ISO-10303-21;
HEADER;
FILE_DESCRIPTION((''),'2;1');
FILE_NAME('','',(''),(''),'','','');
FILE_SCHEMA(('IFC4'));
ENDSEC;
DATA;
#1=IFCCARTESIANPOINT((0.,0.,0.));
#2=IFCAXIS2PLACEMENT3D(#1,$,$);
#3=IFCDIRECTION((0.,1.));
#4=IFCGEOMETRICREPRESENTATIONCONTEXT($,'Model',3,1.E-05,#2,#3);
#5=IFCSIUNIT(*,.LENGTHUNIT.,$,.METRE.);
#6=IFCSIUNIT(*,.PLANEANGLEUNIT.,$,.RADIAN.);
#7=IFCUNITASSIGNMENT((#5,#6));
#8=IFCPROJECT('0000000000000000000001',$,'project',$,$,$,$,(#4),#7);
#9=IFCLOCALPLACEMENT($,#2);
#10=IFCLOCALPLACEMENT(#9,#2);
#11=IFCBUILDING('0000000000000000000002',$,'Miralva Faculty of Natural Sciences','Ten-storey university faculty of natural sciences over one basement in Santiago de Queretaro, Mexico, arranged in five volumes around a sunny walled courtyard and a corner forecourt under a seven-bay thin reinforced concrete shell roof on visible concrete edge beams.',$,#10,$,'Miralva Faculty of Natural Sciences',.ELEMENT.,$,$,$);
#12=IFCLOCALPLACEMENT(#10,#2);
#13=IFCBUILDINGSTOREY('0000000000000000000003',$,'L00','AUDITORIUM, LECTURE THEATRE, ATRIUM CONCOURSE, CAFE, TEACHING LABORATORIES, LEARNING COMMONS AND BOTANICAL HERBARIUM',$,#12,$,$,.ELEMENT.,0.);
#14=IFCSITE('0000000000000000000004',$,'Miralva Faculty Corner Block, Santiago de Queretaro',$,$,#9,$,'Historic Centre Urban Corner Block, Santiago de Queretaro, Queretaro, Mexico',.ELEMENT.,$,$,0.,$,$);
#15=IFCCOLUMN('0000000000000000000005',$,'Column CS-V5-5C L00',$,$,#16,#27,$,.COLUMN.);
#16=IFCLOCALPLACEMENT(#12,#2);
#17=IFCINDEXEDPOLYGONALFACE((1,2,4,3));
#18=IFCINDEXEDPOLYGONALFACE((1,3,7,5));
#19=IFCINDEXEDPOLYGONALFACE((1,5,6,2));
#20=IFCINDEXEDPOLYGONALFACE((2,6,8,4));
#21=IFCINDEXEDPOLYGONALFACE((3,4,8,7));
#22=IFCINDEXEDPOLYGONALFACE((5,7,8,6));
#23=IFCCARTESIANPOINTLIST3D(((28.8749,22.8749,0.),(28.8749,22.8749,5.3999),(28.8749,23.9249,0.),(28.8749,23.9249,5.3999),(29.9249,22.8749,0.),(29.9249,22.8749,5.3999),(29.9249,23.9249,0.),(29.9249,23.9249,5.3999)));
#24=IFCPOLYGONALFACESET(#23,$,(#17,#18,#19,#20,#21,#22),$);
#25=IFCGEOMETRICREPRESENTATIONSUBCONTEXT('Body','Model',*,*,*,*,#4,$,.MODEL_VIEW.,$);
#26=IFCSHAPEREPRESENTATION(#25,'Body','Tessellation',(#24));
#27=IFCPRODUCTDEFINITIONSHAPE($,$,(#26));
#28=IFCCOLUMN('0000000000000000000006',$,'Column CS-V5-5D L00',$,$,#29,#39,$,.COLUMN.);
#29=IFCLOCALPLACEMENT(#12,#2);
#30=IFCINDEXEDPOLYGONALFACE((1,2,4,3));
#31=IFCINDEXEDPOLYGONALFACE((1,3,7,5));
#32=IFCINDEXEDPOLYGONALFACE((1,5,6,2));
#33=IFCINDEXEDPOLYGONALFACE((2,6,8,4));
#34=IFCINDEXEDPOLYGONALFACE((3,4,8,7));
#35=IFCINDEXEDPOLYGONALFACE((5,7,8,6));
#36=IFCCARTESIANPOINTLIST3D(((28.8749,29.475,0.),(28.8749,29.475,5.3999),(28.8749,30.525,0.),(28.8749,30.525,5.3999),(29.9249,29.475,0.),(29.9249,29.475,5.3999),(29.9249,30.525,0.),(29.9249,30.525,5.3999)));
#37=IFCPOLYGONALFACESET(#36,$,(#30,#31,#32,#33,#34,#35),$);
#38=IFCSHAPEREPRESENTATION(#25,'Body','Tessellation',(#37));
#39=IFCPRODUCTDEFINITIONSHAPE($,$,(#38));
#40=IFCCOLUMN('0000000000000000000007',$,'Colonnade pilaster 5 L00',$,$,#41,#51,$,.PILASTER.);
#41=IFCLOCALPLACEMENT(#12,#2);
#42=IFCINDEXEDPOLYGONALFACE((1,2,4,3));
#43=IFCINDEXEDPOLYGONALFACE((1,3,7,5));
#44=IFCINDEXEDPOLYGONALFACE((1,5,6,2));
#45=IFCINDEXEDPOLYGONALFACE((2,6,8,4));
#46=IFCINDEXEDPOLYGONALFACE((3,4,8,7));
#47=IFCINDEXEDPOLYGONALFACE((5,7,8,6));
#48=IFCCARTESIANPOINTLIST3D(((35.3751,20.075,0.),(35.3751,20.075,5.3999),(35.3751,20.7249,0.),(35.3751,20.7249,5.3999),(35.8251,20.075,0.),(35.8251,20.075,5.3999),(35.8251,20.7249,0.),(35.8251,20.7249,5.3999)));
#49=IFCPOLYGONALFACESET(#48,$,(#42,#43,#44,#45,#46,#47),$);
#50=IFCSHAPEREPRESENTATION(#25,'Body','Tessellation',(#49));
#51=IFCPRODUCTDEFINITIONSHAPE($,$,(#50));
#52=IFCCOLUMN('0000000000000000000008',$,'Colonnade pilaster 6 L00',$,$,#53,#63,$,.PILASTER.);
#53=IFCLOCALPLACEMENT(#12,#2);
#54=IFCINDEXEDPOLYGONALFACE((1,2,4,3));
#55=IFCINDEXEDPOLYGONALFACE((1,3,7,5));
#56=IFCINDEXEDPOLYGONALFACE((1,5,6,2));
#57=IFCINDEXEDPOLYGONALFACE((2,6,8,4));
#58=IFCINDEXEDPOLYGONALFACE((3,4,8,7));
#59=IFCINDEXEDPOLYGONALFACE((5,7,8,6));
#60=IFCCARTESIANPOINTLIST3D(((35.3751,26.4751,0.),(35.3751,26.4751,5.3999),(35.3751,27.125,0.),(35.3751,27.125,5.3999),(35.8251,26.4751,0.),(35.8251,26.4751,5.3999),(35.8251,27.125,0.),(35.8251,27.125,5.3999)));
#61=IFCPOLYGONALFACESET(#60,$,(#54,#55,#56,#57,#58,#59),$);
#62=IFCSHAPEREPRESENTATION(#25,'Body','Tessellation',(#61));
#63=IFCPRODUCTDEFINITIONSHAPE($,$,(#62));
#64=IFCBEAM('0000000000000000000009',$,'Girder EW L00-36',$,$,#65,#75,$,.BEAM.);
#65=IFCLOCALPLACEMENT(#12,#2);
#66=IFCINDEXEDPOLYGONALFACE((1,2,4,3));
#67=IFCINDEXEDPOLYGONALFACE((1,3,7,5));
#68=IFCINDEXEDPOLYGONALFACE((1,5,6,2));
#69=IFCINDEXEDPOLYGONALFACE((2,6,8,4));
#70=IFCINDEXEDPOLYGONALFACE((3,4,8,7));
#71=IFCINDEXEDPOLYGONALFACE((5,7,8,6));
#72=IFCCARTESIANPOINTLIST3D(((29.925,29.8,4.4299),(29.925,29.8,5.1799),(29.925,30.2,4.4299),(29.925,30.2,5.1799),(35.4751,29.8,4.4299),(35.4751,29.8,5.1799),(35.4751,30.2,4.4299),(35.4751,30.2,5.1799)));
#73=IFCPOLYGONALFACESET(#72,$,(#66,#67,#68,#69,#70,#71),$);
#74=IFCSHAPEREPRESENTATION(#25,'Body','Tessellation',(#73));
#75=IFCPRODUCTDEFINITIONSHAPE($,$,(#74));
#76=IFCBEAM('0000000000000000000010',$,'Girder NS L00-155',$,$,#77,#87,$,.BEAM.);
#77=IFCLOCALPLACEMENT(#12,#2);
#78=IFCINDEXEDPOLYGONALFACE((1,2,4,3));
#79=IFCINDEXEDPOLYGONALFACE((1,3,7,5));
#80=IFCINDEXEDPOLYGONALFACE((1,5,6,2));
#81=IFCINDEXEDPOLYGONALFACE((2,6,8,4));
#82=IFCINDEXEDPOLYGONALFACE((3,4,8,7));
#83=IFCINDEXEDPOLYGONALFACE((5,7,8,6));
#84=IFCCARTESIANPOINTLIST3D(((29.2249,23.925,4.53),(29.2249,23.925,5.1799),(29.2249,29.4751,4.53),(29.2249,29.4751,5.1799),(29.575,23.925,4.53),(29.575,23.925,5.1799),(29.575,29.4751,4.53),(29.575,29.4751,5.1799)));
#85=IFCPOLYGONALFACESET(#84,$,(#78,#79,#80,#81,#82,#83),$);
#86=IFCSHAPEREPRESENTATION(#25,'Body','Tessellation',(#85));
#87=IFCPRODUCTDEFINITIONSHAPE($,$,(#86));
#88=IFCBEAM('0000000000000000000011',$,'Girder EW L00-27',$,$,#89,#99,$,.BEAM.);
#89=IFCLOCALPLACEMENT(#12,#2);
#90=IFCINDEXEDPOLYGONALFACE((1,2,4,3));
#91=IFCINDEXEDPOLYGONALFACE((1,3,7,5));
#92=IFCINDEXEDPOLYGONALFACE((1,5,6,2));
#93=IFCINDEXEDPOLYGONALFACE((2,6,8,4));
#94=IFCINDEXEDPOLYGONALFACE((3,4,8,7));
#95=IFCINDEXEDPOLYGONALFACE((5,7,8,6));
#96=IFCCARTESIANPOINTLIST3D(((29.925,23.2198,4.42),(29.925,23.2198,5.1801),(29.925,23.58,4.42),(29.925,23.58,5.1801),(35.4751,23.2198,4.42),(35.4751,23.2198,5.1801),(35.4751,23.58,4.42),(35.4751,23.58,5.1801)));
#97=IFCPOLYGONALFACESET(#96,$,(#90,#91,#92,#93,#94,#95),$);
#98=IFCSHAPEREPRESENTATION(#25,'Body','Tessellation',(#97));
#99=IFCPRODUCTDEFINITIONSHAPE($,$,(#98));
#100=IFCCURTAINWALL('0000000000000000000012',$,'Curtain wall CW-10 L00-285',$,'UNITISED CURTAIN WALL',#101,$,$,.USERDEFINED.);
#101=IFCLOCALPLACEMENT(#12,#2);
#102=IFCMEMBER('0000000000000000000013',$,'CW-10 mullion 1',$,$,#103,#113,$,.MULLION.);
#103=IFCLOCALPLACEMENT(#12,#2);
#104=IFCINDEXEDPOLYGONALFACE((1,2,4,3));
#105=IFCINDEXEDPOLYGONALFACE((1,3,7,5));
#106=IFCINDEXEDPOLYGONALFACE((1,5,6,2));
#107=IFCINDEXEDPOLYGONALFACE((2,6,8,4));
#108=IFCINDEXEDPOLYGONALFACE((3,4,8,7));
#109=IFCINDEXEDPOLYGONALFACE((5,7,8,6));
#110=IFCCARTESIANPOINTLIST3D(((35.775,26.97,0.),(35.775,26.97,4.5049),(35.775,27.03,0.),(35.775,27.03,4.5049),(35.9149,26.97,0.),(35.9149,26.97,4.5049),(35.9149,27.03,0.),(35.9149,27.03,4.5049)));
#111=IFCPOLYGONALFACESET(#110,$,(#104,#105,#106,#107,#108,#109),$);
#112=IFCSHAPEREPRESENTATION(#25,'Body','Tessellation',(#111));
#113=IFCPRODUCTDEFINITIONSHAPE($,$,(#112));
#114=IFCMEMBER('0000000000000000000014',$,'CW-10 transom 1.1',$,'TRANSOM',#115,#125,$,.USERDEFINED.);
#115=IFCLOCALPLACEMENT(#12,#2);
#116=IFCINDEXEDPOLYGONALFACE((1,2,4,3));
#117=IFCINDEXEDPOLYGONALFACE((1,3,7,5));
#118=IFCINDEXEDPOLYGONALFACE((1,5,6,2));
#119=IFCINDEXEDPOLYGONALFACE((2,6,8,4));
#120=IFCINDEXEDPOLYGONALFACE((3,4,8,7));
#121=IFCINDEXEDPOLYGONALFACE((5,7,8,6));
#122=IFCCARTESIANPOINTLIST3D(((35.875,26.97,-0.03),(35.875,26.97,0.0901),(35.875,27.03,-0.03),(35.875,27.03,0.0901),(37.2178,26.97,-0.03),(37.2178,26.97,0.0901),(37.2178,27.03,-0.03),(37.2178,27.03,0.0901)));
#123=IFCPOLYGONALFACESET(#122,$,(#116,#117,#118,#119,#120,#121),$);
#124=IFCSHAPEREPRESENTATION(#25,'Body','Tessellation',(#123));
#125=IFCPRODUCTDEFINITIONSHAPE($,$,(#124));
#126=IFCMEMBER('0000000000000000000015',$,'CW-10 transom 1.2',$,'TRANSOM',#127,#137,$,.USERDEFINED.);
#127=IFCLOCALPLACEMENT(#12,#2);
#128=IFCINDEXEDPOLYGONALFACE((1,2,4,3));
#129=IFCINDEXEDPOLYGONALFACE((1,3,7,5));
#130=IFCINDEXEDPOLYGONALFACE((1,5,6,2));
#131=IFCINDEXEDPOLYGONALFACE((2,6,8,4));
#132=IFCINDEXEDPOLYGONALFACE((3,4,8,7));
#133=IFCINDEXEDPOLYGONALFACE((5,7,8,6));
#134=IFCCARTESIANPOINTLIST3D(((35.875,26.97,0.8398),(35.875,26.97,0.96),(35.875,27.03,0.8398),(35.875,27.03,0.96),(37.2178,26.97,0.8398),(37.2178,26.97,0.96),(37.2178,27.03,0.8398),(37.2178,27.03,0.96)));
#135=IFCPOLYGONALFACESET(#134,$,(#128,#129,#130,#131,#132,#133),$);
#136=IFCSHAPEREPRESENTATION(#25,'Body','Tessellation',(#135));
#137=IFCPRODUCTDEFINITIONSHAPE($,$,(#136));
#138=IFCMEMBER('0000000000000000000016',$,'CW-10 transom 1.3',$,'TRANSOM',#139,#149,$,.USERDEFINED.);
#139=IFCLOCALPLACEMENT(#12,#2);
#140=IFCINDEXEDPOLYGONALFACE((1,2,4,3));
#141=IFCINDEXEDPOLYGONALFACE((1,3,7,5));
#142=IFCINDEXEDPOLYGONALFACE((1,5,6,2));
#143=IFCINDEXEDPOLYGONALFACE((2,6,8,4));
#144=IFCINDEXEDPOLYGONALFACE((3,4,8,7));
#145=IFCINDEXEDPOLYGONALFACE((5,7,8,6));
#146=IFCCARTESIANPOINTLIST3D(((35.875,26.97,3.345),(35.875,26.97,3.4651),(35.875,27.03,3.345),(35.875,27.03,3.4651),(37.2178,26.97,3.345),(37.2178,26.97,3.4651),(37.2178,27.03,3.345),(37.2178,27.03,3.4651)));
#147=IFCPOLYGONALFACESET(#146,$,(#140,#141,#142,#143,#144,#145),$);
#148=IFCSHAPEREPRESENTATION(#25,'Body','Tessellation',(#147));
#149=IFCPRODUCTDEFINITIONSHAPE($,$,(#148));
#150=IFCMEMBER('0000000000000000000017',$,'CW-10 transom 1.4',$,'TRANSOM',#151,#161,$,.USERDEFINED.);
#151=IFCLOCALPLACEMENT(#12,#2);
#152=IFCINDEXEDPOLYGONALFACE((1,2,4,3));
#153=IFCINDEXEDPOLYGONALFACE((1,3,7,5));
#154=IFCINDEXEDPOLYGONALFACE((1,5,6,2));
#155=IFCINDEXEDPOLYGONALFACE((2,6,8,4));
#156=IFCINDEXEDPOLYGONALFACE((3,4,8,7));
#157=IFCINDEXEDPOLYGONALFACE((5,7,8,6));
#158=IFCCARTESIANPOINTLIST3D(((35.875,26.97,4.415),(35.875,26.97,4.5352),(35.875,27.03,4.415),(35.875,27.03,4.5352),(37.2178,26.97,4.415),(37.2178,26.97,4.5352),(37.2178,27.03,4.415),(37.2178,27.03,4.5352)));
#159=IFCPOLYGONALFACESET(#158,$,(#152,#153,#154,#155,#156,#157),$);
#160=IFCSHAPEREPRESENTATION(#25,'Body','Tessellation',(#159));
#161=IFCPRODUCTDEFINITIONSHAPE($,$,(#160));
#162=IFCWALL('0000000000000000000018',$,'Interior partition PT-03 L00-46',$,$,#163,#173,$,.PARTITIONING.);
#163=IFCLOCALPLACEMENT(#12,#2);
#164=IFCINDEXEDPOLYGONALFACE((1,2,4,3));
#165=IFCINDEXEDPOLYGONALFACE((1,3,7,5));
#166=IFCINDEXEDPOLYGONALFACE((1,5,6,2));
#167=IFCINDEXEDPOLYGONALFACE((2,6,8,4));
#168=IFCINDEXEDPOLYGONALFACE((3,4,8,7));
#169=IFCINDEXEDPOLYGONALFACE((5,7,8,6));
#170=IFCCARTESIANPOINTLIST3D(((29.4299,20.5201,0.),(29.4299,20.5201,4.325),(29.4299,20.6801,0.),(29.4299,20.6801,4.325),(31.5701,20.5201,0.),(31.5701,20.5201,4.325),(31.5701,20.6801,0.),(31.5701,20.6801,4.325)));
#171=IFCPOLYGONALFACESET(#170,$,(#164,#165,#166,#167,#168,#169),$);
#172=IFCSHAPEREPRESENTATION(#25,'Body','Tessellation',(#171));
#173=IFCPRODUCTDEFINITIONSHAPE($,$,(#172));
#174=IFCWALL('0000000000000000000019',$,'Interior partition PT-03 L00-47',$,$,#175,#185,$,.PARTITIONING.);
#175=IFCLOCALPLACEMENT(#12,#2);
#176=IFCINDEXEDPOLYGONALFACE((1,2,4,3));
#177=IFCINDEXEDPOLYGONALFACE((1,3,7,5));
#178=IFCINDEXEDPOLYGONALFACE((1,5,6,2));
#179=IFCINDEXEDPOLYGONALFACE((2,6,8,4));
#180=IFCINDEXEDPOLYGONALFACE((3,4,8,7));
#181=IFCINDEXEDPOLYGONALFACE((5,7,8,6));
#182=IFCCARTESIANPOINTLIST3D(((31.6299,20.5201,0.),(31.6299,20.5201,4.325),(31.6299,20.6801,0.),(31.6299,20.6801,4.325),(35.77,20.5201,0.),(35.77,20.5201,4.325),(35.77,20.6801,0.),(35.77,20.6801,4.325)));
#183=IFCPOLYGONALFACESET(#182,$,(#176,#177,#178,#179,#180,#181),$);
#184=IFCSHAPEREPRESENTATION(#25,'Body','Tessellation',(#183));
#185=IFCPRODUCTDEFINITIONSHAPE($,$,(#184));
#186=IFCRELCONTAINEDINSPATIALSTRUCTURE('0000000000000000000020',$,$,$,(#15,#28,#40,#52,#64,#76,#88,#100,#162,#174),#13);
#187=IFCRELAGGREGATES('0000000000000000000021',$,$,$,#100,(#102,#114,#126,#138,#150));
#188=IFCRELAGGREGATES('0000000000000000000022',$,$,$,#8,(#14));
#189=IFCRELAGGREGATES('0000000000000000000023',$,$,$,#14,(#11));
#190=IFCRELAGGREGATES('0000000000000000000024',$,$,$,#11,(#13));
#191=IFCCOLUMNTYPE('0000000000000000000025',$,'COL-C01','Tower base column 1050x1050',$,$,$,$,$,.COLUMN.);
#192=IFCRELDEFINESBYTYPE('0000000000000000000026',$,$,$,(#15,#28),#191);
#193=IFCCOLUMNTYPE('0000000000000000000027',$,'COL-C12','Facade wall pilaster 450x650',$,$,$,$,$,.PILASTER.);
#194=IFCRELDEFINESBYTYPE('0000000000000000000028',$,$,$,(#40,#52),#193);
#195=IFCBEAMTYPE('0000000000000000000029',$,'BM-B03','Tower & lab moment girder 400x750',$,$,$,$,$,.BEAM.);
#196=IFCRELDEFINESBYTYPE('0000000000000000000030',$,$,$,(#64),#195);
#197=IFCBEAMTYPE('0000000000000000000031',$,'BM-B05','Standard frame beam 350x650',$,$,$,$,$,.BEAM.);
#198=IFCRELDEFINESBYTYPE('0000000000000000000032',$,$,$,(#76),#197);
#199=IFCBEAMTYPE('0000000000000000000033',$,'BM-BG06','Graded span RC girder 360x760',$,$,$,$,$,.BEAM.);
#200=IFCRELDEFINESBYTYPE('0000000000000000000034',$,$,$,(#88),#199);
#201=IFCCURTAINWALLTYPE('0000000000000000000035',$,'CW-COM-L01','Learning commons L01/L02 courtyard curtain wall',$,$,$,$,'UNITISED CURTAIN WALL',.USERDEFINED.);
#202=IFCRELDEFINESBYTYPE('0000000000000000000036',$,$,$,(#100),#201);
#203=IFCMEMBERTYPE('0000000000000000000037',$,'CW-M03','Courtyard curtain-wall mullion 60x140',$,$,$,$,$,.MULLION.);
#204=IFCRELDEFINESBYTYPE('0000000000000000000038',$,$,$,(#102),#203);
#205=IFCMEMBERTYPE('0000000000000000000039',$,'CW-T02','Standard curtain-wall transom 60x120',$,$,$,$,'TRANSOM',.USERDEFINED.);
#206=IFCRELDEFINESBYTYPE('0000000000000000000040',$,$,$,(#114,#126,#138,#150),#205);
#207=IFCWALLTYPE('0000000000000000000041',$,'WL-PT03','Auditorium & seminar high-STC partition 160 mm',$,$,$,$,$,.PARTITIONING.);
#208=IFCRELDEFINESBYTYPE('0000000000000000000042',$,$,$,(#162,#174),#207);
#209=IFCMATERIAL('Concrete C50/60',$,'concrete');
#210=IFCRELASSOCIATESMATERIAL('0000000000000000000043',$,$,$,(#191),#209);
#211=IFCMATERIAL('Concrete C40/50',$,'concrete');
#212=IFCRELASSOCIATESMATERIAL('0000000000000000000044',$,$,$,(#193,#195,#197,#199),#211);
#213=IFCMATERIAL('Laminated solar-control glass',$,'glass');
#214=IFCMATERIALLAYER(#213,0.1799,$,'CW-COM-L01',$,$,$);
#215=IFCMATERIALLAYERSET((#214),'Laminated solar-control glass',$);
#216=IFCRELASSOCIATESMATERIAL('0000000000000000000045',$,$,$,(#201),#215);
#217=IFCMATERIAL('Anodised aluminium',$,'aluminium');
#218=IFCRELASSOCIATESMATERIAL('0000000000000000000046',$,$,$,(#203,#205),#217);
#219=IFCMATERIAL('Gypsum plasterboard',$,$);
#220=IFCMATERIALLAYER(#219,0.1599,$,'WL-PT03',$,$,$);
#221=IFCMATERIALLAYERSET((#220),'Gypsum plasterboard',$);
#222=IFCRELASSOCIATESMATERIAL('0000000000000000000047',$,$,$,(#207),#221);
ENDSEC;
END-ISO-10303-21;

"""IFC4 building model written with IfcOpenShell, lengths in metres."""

from ifc_helpers import new_model, si_unit, direction, frame, frame_2d, origin, origin_2d, place, context, subcontext, project, spatial, rectangle, extrude, material, layer, layer_set, material_profile, profile_set, type_object, element, aggregate, save


model = new_model("IFC4")

# Units and contexts
model_context = context("Model", 3, precision=1e-05, world=origin(), true_north=direction((0.0, 1.0)))
body_context = subcontext(model_context, "Body", "Model", "MODEL_VIEW")
ifc_project = project(units=[si_unit("LENGTHUNIT", "METRE"), si_unit("PLANEANGLEUNIT", "RADIAN")], contexts=[model_context])

# Site, building, storey
site_placement = place(None, origin())
site = spatial("IfcSite", under=ifc_project, at=site_placement, Name="Miralva Faculty Corner Block, Santiago de Queretaro", LongName="Historic Centre Urban Corner Block, Santiago de Queretaro, Queretaro, Mexico", CompositionType="ELEMENT", RefElevation=0.0)
building_placement = place(site_placement, origin())
building = spatial("IfcBuilding", under=site, at=building_placement, Name="Miralva Faculty of Natural Sciences", Description="Ten-storey university faculty of natural sciences over one basement in Santiago de Queretaro, Mexico, arranged in five volumes around a sunny walled courtyard and a corner forecourt under a seven-bay thin reinforced concrete shell roof on visible concrete edge beams.", LongName="Miralva Faculty of Natural Sciences", CompositionType="ELEMENT")
storey_placement = place(building_placement, origin())
storey = spatial("IfcBuildingStorey", under=building, at=storey_placement, Name="L00", Description="AUDITORIUM, LECTURE THEATRE, ATRIUM CONCOURSE, CAFE, TEACHING LABORATORIES, LEARNING COMMONS AND BOTANICAL HERBARIUM", CompositionType="ELEMENT", Elevation=0.0)

# Columns
ifc_material_1 = material(Name="Concrete C50/60", Category="concrete")
ifc_material_profile_1 = material_profile(ifc_material_1, rectangle(XDim=1.05, YDim=1.05, at=origin_2d()), Name="RC 1050x1050")
ifc_profile_set_1 = profile_set([ifc_material_profile_1], Name="Concrete C50/60")
column_type_1 = type_object("IfcColumnType", Name="COL-C01", Description="Tower base column 1050x1050", PredefinedType="COLUMN", material=ifc_profile_set_1)
for number, where, z_axis, x_axis, name in (
    (1, (29.3999, 23.3999, 0.0), (0.0, 0.0, 1.0), (1.0, 0.0, 0.0), "Column CS-V5-5C L00"),
    (2, (29.3999, 30.0, 0.0), (0.0, 0.0, 1.0), (1.0, 0.0, 0.0), "Column CS-V5-5D L00"),
):
    element("IfcColumn", number, at=place(storey_placement, frame(where, z_axis=z_axis, x_axis=x_axis)), inside=storey, type_object=column_type_1, Name=name, PredefinedType="COLUMN", context=body_context, shape_type="SweptSolid", body=[
        extrude(rectangle(XDim=1.05, YDim=1.05, at=origin_2d()), origin(), (0.0, 0.0, 1.0), 5.3999),
    ])
ifc_material_2 = material(Name="Concrete C40/50", Category="concrete")
ifc_material_profile_2 = material_profile(ifc_material_2, rectangle(XDim=0.45, YDim=0.6499, at=origin_2d()), Name="RC 450x650")
ifc_profile_set_2 = profile_set([ifc_material_profile_2], Name="Concrete C40/50")
column_type_2 = type_object("IfcColumnType", Name="COL-C12", Description="Facade wall pilaster 450x650", PredefinedType="PILASTER", material=ifc_profile_set_2)
for number, where, z_axis, x_axis, name in (
    (3, (35.6001, 20.3999, 0.0), (0.0, 0.0, 1.0), (1.0, 0.0, 0.0), "Colonnade pilaster 5 L00"),
    (4, (35.6001, 26.8, 0.0), (0.0, 0.0, 1.0), (1.0, 0.0, 0.0), "Colonnade pilaster 6 L00"),
):
    element("IfcColumn", number, at=place(storey_placement, frame(where, z_axis=z_axis, x_axis=x_axis)), inside=storey, type_object=column_type_2, Name=name, PredefinedType="PILASTER", context=body_context, shape_type="SweptSolid", body=[
        extrude(rectangle(XDim=0.45, YDim=0.6499, at=origin_2d()), origin(), (0.0, 0.0, 1.0), 5.3999),
    ])

# Beams
ifc_material_profile_3 = material_profile(ifc_material_2, rectangle(XDim=0.3999, YDim=0.75, at=origin_2d()), Name="RC 400x750")
ifc_profile_set_3 = profile_set([ifc_material_profile_3], Name="Concrete C40/50")
beam_type_1 = type_object("IfcBeamType", Name="BM-B03", Description="Tower & lab moment girder 400x750", PredefinedType="BEAM", material=ifc_profile_set_3)
beam_1_placement = place(storey_placement, frame((29.925, 30.0, 4.8049), z_axis=(1.0, 0.0, 0.0), x_axis=(0.0, 1.0, 0.0)))
element("IfcBeam", 5, at=beam_1_placement, inside=storey, type_object=beam_type_1, Name="Girder EW L00-36", PredefinedType="BEAM", context=body_context, shape_type="SweptSolid", body=[
    extrude(rectangle(XDim=0.3999, YDim=0.75, at=origin_2d()), origin(), (0.0, 0.0, 1.0), 5.55),
])
ifc_material_profile_4 = material_profile(ifc_material_2, rectangle(XDim=0.3501, YDim=0.6499, at=origin_2d()), Name="RC 350x650")
ifc_profile_set_4 = profile_set([ifc_material_profile_4], Name="Concrete C40/50")
beam_type_2 = type_object("IfcBeamType", Name="BM-B05", Description="Standard frame beam 350x650", PredefinedType="BEAM", material=ifc_profile_set_4)
beam_2_placement = place(storey_placement, frame((29.3999, 23.925, 4.855), z_axis=(0.0, 1.0, 0.0), x_axis=(-1.0, 0.0, 0.0)))
element("IfcBeam", 6, at=beam_2_placement, inside=storey, type_object=beam_type_2, Name="Girder NS L00-155", PredefinedType="BEAM", context=body_context, shape_type="SweptSolid", body=[
    extrude(rectangle(XDim=0.3501, YDim=0.6499, at=origin_2d()), origin(), (0.0, 0.0, 1.0), 5.55),
])
ifc_material_profile_5 = material_profile(ifc_material_2, rectangle(XDim=0.3601, YDim=0.76, at=origin_2d()), Name="RC 360x760")
ifc_profile_set_5 = profile_set([ifc_material_profile_5], Name="Concrete C40/50")
beam_type_3 = type_object("IfcBeamType", Name="BM-BG06", Description="Graded span RC girder 360x760", PredefinedType="BEAM", material=ifc_profile_set_5)
beam_3_placement = place(storey_placement, frame((29.925, 23.3999, 4.8), z_axis=(1.0, 0.0, 0.0), x_axis=(0.0, 1.0, 0.0)))
element("IfcBeam", 7, at=beam_3_placement, inside=storey, type_object=beam_type_3, Name="Girder EW L00-27", PredefinedType="BEAM", context=body_context, shape_type="SweptSolid", body=[
    extrude(rectangle(XDim=0.3601, YDim=0.76, at=origin_2d()), origin(), (0.0, 0.0, 1.0), 5.55),
])

# Curtain wall, members
ifc_material_3 = material(Name="Laminated solar-control glass", Category="glass")
ifc_layer_1 = layer(ifc_material_3, 0.1799, Name="CW-COM-L01")
ifc_layer_set_1 = layer_set([ifc_layer_1], Name="Laminated solar-control glass")
curtain_wall_type = type_object("IfcCurtainWallType", Name="CW-COM-L01", Description="Learning commons L01/L02 courtyard curtain wall", ElementType="UNITISED CURTAIN WALL", PredefinedType="USERDEFINED", material=ifc_layer_set_1)
curtain_wall_placement = place(storey_placement, origin())
curtain_wall = element("IfcCurtainWall", 8, at=curtain_wall_placement, inside=storey, type_object=curtain_wall_type, Name="Curtain wall CW-10 L00-285", ObjectType="UNITISED CURTAIN WALL", PredefinedType="USERDEFINED")
ifc_material_4 = material(Name="Anodised aluminium", Category="aluminium")
ifc_material_profile_6 = material_profile(ifc_material_4, rectangle(XDim=0.0601, YDim=0.1399, at=origin_2d()), Name="MULLION 60x140")
ifc_profile_set_6 = profile_set([ifc_material_profile_6], Name="Anodised aluminium")
member_type_1 = type_object("IfcMemberType", Name="CW-M03", Description="Courtyard curtain-wall mullion 60x140", PredefinedType="MULLION", material=ifc_profile_set_6)
member_1_placement = place(storey_placement, frame((35.845, 27.0, 0.0), z_axis=(0.0, 0.0, 1.0), x_axis=(0.0, 1.0, 0.0)))
member_1 = element("IfcMember", 9, at=member_1_placement, type_object=member_type_1, Name="CW-10 mullion 1", PredefinedType="MULLION", context=body_context, shape_type="SweptSolid", body=[
    extrude(rectangle(XDim=0.0601, YDim=0.1399, at=origin_2d()), origin(), (0.0, 0.0, 1.0), 4.5049),
])
ifc_material_profile_7 = material_profile(ifc_material_4, rectangle(XDim=0.0601, YDim=0.1201, at=origin_2d()), Name="TRANSOM 60x120")
ifc_profile_set_7 = profile_set([ifc_material_profile_7], Name="Anodised aluminium")
member_type_2 = type_object("IfcMemberType", Name="CW-T02", Description="Standard curtain-wall transom 60x120", ElementType="TRANSOM", PredefinedType="USERDEFINED", material=ifc_profile_set_7)
member_2_placement = place(storey_placement, frame((35.875, 27.0, 0.03), z_axis=(1.0, 0.0, 0.0), x_axis=(0.0, 1.0, 0.0)))
member_2 = element("IfcMember", 10, at=member_2_placement, type_object=member_type_2, Name="CW-10 transom 1.1", ObjectType="TRANSOM", PredefinedType="USERDEFINED", context=body_context, shape_type="SweptSolid", body=[
    extrude(rectangle(XDim=0.0601, YDim=0.1201, at=origin_2d()), origin(), (0.0, 0.0, 1.0), 1.3428),
])
member_3_placement = place(storey_placement, frame((35.875, 27.0, 0.8999), z_axis=(1.0, 0.0, 0.0), x_axis=(0.0, 1.0, 0.0)))
member_3 = element("IfcMember", 11, at=member_3_placement, type_object=member_type_2, Name="CW-10 transom 1.2", ObjectType="TRANSOM", PredefinedType="USERDEFINED", context=body_context, shape_type="SweptSolid", body=[
    extrude(rectangle(XDim=0.0601, YDim=0.1201, at=origin_2d()), origin(), (0.0, 0.0, 1.0), 1.3428),
])
member_4_placement = place(storey_placement, frame((35.875, 27.0, 3.405), z_axis=(1.0, 0.0, 0.0), x_axis=(0.0, 1.0, 0.0)))
member_4 = element("IfcMember", 12, at=member_4_placement, type_object=member_type_2, Name="CW-10 transom 1.3", ObjectType="TRANSOM", PredefinedType="USERDEFINED", context=body_context, shape_type="SweptSolid", body=[
    extrude(rectangle(XDim=0.0601, YDim=0.1201, at=origin_2d()), origin(), (0.0, 0.0, 1.0), 1.3428),
])
member_5_placement = place(storey_placement, frame((35.875, 27.0, 4.4751), z_axis=(1.0, 0.0, 0.0), x_axis=(0.0, 1.0, 0.0)))
member_5 = element("IfcMember", 13, at=member_5_placement, type_object=member_type_2, Name="CW-10 transom 1.4", ObjectType="TRANSOM", PredefinedType="USERDEFINED", context=body_context, shape_type="SweptSolid", body=[
    extrude(rectangle(XDim=0.0601, YDim=0.1201, at=origin_2d()), origin(), (0.0, 0.0, 1.0), 1.3428),
])
aggregate(curtain_wall, [member_1, member_2, member_3, member_4, member_5])

# Walls
ifc_material_5 = material(Name="Gypsum plasterboard")
ifc_layer_2 = layer(ifc_material_5, 0.1599, Name="WL-PT03")
ifc_layer_set_2 = layer_set([ifc_layer_2], Name="Gypsum plasterboard")
wall_type_1 = type_object("IfcWallType", Name="WL-PT03", Description="Auditorium & seminar high-STC partition 160 mm", PredefinedType="PARTITIONING", material=ifc_layer_set_2)
wall_1_placement = place(storey_placement, frame((29.4299, 20.6001, 0.0), z_axis=(0.0, 0.0, 1.0), x_axis=(1.0, 0.0, 0.0)))
element("IfcWall", 14, at=wall_1_placement, inside=storey, type_object=wall_type_1, Name="Interior partition PT-03 L00-46", PredefinedType="PARTITIONING", context=body_context, shape_type="SweptSolid", body=[
    extrude(rectangle(XDim=2.1401, YDim=0.1599, at=frame_2d((1.0701, 0.0))), origin(), (0.0, 0.0, 1.0), 4.325),
])
wall_2_placement = place(storey_placement, frame((31.6299, 20.6001, 0.0), z_axis=(0.0, 0.0, 1.0), x_axis=(1.0, 0.0, 0.0)))
element("IfcWall", 15, at=wall_2_placement, inside=storey, type_object=wall_type_1, Name="Interior partition PT-03 L00-47", PredefinedType="PARTITIONING", context=body_context, shape_type="SweptSolid", body=[
    extrude(rectangle(XDim=4.1401, YDim=0.1599, at=frame_2d((2.0701, 0.0))), origin(), (0.0, 0.0, 1.0), 4.325),
])

save(model, "model.ifc")
